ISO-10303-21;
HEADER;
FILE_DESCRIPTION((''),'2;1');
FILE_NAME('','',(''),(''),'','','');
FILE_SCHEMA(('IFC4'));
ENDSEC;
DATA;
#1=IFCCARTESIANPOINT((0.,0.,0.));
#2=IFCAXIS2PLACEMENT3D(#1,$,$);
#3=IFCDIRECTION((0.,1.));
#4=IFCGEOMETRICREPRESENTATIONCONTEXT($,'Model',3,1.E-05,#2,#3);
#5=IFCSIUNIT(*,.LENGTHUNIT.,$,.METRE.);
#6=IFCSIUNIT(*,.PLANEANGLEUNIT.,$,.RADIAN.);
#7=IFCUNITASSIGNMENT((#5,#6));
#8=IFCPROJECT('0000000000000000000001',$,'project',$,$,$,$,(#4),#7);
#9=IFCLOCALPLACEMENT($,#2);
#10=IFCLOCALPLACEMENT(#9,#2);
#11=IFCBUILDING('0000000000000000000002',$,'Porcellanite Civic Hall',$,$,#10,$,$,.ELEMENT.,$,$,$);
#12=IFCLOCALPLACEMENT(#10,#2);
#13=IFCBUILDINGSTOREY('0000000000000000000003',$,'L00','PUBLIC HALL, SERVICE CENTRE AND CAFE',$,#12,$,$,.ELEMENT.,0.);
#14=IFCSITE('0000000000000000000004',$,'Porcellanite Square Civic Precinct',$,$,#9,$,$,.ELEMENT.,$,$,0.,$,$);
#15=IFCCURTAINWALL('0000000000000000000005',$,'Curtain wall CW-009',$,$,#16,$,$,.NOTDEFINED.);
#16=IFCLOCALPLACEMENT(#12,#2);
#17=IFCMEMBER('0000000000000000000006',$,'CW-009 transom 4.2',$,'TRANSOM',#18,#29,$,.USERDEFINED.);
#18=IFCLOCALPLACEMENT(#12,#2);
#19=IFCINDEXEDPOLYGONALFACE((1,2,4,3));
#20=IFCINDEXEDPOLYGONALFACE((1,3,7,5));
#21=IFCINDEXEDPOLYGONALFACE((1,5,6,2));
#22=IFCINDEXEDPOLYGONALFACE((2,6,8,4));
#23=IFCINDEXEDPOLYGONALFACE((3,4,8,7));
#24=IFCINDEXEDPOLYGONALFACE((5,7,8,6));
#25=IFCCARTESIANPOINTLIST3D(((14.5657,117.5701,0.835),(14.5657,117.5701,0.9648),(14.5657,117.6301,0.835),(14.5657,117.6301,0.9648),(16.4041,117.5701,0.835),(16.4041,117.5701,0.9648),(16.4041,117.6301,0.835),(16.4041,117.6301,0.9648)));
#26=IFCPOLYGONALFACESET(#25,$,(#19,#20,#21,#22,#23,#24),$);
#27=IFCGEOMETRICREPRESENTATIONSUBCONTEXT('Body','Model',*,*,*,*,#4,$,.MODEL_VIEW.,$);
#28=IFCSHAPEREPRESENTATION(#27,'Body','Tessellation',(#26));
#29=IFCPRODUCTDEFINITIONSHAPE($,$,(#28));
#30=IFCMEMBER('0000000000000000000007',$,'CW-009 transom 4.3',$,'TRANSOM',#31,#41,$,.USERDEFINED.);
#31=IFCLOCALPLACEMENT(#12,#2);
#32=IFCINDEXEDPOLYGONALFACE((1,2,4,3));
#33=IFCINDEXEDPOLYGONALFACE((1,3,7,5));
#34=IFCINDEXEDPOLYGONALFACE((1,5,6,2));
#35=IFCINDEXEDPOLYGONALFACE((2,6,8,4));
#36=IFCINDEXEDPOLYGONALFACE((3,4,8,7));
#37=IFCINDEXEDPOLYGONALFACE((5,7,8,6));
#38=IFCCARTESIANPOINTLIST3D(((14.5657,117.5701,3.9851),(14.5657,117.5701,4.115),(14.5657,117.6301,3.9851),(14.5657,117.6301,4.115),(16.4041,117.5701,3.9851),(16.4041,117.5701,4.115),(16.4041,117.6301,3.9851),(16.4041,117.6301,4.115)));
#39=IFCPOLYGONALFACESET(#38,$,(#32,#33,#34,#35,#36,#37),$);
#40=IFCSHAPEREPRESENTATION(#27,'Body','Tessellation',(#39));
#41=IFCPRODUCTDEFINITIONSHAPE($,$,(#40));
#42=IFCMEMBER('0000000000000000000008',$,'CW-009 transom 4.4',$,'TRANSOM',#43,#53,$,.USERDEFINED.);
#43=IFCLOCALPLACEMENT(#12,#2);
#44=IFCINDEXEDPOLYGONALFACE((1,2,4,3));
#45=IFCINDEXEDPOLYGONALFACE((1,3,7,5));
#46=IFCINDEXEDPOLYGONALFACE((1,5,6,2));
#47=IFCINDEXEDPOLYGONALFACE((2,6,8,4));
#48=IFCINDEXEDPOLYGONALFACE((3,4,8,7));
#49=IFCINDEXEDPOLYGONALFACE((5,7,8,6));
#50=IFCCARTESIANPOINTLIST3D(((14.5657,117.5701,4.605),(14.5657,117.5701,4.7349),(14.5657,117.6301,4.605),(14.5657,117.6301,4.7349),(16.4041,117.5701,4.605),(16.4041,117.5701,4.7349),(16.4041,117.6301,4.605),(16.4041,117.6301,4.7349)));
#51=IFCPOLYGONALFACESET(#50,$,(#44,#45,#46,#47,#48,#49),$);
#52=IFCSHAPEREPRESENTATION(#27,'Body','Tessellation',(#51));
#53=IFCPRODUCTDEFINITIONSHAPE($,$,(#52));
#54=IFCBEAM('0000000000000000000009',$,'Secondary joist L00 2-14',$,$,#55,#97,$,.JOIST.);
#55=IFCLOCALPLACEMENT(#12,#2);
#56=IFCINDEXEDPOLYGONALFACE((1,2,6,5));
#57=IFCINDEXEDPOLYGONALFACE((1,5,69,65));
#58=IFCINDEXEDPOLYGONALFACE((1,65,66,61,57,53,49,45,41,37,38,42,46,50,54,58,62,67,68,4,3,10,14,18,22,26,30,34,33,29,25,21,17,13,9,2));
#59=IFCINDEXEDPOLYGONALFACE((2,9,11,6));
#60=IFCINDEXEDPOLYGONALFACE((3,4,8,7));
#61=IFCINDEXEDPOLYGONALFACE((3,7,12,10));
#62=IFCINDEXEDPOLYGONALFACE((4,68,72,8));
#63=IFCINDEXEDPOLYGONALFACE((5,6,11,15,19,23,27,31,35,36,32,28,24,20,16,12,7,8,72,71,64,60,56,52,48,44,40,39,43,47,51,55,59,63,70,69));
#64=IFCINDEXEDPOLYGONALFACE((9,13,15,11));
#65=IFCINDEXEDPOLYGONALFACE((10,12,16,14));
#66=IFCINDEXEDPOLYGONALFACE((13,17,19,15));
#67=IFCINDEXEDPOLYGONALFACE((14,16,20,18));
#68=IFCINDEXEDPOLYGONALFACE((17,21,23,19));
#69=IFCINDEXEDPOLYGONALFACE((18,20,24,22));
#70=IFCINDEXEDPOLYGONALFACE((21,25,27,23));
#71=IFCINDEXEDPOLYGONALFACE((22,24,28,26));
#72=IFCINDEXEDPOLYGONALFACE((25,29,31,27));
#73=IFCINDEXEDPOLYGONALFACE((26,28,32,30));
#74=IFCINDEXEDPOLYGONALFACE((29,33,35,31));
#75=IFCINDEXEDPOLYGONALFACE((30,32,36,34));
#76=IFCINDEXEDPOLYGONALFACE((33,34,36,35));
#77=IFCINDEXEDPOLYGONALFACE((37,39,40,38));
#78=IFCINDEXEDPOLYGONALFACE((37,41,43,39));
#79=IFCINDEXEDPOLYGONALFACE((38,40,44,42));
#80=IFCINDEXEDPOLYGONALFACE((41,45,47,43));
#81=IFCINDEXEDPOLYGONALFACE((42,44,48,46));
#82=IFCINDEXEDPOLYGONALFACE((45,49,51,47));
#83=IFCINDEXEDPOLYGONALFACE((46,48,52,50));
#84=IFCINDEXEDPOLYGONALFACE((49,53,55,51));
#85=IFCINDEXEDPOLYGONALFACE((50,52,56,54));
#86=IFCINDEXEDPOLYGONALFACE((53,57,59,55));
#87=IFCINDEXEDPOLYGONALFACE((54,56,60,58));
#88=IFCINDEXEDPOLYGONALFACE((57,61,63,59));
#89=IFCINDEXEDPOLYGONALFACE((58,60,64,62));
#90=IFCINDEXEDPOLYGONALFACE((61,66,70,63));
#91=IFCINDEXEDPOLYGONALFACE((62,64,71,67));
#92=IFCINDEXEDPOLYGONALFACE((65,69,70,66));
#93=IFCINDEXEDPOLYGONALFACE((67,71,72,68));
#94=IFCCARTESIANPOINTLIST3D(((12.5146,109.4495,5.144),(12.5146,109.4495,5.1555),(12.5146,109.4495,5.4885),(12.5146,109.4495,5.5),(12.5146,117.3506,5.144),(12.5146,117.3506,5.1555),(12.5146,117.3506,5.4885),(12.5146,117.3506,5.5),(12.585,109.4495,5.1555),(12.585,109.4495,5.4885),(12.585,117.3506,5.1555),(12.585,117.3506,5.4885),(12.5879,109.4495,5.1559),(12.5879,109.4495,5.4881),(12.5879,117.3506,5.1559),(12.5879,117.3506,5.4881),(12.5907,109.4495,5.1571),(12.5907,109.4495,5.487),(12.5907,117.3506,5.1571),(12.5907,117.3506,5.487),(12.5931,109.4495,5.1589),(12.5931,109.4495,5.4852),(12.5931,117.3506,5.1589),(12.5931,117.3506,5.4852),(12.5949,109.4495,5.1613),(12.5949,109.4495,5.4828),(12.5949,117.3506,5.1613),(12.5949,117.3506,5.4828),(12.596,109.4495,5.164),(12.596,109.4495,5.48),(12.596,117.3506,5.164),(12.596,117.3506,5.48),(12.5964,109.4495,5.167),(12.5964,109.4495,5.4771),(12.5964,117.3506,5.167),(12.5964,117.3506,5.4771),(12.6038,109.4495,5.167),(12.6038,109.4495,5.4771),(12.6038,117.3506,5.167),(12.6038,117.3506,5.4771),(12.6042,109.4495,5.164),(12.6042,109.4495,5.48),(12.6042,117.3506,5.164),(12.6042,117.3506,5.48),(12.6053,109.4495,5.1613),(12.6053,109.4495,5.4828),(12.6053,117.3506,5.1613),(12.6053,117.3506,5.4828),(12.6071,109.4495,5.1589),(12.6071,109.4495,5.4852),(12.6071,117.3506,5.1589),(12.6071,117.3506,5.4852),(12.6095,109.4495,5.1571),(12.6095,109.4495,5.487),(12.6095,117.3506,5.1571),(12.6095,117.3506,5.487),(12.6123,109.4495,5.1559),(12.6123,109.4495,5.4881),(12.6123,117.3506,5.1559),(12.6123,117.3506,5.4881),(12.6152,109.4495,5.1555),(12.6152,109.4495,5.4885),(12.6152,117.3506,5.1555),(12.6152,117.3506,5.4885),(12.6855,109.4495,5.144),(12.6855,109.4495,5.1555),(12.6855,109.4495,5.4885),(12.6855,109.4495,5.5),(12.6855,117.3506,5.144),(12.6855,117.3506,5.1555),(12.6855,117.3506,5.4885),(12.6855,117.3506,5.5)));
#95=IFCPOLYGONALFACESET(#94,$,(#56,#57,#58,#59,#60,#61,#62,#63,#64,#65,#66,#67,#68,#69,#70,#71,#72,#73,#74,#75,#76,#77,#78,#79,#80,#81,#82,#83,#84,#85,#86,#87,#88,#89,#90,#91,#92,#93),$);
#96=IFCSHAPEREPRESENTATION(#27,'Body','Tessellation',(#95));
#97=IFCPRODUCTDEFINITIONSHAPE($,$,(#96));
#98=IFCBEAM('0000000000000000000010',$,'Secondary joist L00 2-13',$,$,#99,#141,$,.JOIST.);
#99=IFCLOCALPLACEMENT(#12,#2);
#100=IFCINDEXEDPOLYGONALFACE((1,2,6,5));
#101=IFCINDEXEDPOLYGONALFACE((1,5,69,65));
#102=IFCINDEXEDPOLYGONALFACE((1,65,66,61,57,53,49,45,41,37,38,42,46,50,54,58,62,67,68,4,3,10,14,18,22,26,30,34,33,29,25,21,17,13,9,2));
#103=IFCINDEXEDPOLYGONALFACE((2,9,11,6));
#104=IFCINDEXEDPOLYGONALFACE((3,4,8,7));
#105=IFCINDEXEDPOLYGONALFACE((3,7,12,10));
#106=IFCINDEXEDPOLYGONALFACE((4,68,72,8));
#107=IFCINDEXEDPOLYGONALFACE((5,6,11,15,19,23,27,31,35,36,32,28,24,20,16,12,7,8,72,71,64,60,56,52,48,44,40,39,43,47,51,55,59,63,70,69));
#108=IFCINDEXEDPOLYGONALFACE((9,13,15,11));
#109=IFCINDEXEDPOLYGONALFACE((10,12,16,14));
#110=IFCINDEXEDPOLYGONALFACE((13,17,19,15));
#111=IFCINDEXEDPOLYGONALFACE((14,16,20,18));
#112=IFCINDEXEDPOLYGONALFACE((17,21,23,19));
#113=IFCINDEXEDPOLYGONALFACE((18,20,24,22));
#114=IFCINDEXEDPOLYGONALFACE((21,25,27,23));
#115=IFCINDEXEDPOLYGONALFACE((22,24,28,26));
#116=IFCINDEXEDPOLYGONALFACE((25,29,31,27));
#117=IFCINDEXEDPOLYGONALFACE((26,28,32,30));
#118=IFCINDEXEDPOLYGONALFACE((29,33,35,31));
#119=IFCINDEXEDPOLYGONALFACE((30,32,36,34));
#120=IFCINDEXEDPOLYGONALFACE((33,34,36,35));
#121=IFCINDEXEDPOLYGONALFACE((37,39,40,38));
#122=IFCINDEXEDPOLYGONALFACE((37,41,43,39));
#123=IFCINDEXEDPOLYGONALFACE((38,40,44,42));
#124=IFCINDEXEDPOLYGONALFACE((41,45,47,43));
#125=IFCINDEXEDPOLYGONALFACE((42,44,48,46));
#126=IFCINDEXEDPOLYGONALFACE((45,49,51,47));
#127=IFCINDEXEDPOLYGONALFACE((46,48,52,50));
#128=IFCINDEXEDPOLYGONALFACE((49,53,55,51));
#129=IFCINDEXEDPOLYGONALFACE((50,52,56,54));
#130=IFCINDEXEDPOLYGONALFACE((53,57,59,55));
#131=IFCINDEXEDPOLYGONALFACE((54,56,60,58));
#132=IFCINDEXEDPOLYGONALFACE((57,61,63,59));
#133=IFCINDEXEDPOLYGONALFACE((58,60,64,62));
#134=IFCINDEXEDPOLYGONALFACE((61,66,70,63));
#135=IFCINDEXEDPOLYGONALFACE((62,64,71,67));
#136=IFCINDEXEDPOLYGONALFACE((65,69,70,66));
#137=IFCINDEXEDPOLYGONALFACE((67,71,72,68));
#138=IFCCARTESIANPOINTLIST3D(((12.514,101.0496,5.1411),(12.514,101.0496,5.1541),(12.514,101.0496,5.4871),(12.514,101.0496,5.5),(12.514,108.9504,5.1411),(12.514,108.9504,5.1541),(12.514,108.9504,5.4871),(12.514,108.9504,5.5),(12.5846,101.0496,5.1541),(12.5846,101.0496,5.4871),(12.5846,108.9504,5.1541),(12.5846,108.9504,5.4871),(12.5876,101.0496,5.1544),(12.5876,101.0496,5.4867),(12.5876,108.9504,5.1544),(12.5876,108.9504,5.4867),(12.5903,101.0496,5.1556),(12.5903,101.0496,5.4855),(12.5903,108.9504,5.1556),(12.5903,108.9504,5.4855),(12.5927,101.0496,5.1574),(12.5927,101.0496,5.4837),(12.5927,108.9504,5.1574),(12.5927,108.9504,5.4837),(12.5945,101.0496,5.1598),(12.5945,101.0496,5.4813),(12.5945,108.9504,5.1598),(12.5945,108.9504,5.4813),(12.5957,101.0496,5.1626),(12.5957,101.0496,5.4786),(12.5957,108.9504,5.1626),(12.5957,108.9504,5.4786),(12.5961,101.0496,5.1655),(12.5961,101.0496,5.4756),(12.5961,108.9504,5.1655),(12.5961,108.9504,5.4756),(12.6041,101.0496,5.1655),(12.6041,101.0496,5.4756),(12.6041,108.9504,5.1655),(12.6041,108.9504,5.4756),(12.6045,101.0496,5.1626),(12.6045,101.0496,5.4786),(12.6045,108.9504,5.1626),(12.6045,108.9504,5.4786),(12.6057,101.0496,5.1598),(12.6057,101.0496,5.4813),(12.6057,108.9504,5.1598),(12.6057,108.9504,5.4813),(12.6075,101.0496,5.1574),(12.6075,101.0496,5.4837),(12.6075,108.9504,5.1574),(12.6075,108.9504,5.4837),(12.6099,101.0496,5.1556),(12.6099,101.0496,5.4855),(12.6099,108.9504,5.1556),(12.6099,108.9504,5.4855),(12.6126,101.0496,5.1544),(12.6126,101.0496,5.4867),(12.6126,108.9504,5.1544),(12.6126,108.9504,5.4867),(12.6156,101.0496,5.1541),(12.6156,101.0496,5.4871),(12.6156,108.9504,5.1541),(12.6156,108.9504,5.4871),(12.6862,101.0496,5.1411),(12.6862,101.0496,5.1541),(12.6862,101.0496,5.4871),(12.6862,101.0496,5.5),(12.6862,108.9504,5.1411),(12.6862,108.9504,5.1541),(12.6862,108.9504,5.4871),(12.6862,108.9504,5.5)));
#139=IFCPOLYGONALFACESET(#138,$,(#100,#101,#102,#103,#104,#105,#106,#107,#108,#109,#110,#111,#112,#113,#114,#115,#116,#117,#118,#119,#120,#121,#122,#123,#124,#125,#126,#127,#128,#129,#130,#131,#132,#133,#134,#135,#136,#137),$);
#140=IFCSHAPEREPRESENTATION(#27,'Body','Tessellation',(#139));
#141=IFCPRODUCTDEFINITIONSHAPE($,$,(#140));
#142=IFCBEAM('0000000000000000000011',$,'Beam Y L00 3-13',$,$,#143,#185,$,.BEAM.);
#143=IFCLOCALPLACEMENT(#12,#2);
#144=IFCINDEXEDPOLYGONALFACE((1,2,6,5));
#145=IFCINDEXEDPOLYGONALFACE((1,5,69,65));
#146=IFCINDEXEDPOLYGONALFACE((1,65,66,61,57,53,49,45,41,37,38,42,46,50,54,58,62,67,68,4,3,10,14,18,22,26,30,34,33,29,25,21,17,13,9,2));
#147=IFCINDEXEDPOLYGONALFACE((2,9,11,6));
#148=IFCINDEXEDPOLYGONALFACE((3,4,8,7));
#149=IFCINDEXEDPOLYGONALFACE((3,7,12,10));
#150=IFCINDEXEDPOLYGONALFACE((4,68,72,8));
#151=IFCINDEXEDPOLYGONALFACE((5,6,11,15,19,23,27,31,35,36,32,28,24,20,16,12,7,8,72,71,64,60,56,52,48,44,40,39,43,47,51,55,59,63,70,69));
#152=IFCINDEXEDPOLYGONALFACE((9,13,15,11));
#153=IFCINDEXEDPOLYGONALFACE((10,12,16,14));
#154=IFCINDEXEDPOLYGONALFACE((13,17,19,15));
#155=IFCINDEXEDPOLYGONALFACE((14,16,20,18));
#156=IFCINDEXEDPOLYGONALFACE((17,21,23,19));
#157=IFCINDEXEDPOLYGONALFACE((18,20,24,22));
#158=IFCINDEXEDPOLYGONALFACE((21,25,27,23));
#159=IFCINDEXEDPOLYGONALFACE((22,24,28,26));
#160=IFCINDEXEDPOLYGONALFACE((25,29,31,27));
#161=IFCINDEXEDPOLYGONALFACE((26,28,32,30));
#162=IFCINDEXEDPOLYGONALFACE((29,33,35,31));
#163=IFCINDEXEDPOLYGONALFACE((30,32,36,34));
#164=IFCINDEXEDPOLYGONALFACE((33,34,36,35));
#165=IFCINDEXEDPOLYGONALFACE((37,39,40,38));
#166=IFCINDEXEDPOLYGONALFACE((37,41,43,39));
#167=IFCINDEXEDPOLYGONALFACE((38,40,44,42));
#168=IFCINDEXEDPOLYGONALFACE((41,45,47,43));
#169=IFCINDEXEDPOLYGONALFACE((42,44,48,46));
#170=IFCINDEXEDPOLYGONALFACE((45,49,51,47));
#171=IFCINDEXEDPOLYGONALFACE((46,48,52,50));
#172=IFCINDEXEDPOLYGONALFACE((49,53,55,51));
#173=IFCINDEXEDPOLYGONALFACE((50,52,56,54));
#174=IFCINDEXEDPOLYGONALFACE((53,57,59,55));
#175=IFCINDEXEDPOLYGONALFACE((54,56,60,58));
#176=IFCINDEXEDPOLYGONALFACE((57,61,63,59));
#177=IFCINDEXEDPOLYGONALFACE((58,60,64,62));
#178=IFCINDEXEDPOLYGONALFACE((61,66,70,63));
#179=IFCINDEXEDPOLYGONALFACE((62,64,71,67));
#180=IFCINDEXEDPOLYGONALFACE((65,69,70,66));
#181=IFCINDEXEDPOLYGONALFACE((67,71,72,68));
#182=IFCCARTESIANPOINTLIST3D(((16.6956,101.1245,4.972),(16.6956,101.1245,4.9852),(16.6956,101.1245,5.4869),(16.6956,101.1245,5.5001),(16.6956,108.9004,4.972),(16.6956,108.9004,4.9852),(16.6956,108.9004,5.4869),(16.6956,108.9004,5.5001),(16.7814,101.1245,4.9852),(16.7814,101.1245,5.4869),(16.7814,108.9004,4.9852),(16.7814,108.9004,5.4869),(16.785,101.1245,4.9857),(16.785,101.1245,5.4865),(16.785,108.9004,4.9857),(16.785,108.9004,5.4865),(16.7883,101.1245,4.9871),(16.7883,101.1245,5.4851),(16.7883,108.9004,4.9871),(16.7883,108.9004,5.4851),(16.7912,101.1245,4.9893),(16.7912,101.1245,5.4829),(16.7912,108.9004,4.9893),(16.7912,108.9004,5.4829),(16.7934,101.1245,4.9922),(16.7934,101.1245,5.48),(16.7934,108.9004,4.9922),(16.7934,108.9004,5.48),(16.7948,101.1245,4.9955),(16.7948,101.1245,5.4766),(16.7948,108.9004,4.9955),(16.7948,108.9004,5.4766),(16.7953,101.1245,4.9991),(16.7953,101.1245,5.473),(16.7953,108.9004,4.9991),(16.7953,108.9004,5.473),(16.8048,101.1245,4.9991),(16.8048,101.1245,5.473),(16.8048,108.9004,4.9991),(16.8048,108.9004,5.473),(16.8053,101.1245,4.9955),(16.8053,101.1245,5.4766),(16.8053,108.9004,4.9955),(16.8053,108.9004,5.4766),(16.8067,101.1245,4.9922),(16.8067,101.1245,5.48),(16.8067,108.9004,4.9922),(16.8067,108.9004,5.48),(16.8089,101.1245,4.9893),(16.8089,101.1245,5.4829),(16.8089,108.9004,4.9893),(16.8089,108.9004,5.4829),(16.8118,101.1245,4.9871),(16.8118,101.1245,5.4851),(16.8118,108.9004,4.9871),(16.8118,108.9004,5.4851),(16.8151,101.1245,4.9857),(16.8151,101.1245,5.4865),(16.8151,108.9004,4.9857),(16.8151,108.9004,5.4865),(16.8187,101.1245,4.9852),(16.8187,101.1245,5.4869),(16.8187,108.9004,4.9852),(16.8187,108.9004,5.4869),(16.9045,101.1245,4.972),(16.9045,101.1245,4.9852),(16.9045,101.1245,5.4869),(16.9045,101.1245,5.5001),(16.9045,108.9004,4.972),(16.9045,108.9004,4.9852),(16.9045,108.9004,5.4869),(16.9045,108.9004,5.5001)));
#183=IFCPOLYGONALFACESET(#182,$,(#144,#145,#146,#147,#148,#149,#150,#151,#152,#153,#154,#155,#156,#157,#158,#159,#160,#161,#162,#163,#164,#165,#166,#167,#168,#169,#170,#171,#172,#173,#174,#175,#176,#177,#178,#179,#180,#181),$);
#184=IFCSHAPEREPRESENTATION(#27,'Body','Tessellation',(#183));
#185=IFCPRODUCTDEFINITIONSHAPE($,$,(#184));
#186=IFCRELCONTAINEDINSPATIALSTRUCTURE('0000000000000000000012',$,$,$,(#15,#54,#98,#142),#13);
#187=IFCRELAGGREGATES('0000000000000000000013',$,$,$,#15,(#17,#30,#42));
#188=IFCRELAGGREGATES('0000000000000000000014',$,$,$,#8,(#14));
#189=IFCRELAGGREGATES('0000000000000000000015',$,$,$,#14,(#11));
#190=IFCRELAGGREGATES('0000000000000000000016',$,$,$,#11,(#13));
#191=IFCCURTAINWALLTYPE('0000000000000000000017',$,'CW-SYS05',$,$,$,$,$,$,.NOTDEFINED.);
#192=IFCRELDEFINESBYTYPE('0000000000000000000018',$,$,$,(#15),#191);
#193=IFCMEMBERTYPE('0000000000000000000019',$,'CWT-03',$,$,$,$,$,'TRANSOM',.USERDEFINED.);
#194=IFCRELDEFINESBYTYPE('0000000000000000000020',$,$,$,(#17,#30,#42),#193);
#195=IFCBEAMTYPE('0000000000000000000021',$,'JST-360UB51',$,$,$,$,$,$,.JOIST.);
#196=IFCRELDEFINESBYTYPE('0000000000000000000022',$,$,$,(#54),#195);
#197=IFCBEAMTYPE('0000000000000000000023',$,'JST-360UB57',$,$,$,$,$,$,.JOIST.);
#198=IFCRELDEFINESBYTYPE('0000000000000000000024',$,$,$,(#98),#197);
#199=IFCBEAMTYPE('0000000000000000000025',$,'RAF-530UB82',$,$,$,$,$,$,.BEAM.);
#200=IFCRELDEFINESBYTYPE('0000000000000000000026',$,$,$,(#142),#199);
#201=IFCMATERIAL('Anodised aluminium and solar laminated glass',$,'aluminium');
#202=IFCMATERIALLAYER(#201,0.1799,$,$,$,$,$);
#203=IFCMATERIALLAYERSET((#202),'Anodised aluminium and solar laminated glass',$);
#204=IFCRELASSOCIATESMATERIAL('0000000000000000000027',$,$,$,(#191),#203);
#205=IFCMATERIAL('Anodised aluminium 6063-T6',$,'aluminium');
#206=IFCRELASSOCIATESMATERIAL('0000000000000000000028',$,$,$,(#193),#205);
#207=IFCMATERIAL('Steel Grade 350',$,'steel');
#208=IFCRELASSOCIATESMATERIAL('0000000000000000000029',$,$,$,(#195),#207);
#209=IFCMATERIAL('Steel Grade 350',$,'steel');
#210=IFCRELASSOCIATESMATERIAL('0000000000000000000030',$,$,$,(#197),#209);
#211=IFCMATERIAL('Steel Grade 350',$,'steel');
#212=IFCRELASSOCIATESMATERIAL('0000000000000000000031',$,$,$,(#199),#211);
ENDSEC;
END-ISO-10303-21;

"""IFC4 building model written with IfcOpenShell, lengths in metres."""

from ifc_helpers import new_model, si_unit, direction, frame, origin, origin_2d, place, context, subcontext, project, spatial, rectangle, i_section, extrude, material, layer, layer_set, material_profile, profile_set, type_object, element, aggregate, save


model = new_model("IFC4")

# Units and contexts
model_context = context("Model", 3, precision=1e-05, world=origin(), true_north=direction((0.0, 1.0)))
body_context = subcontext(model_context, "Body", "Model", "MODEL_VIEW")
ifc_project = project(units=[si_unit("LENGTHUNIT", "METRE"), si_unit("PLANEANGLEUNIT", "RADIAN")], contexts=[model_context])

# Site, building, storey
site_placement = place(None, origin())
site = spatial("IfcSite", under=ifc_project, at=site_placement, Name="Porcellanite Square Civic Precinct", CompositionType="ELEMENT", RefElevation=0.0)
building_placement = place(site_placement, origin())
building = spatial("IfcBuilding", under=site, at=building_placement, Name="Porcellanite Civic Hall", CompositionType="ELEMENT")
storey_placement = place(building_placement, origin())
storey = spatial("IfcBuildingStorey", under=building, at=storey_placement, Name="L00", Description="PUBLIC HALL, SERVICE CENTRE AND CAFE", CompositionType="ELEMENT", Elevation=0.0)

# Curtain wall, members
ifc_material_1 = material(Name="Anodised aluminium and solar laminated glass", Category="aluminium")
ifc_layer_1 = layer(ifc_material_1, 0.1799)
ifc_layer_set_1 = layer_set([ifc_layer_1], Name="Anodised aluminium and solar laminated glass")
curtain_wall_type = type_object("IfcCurtainWallType", Name="CW-SYS05", PredefinedType="NOTDEFINED", material=ifc_layer_set_1)
curtain_wall_placement = place(storey_placement, origin())
curtain_wall = element("IfcCurtainWall", 1, at=curtain_wall_placement, inside=storey, type_object=curtain_wall_type, Name="Curtain wall CW-009", PredefinedType="NOTDEFINED")
ifc_material_2 = material(Name="Anodised aluminium 6063-T6", Category="aluminium")
ifc_material_profile_1 = material_profile(ifc_material_2, rectangle(XDim=0.0601, YDim=0.1299, at=origin_2d()), Name="AL-60x130")
ifc_profile_set_1 = profile_set([ifc_material_profile_1], Name="Anodised aluminium 6063-T6")
member_type_1 = type_object("IfcMemberType", Name="CWT-03", ElementType="TRANSOM", PredefinedType="USERDEFINED", material=ifc_profile_set_1)
member_1_placement = place(storey_placement, frame((14.5657, 117.6001, 0.8999), z_axis=(1.0, 0.0, 0.0), x_axis=(0.0, 1.0, 0.0)))
member_1 = element("IfcMember", 2, at=member_1_placement, type_object=member_type_1, Name="CW-009 transom 4.2", ObjectType="TRANSOM", PredefinedType="USERDEFINED", context=body_context, shape_type="SweptSolid", body=[
    extrude(rectangle(XDim=0.0601, YDim=0.1299, at=origin_2d()), origin(), (0.0, 0.0, 1.0), 1.8384),
])
member_2_placement = place(storey_placement, frame((14.5657, 117.6001, 4.05), z_axis=(1.0, 0.0, 0.0), x_axis=(0.0, 1.0, 0.0)))
member_2 = element("IfcMember", 3, at=member_2_placement, type_object=member_type_1, Name="CW-009 transom 4.3", ObjectType="TRANSOM", PredefinedType="USERDEFINED", context=body_context, shape_type="SweptSolid", body=[
    extrude(rectangle(XDim=0.0601, YDim=0.1299, at=origin_2d()), origin(), (0.0, 0.0, 1.0), 1.8384),
])
member_3_placement = place(storey_placement, frame((14.5657, 117.6001, 4.6699), z_axis=(1.0, 0.0, 0.0), x_axis=(0.0, 1.0, 0.0)))
member_3 = element("IfcMember", 4, at=member_3_placement, type_object=member_type_1, Name="CW-009 transom 4.4", ObjectType="TRANSOM", PredefinedType="USERDEFINED", context=body_context, shape_type="SweptSolid", body=[
    extrude(rectangle(XDim=0.0601, YDim=0.1299, at=origin_2d()), origin(), (0.0, 0.0, 1.0), 1.8384),
])

# Beams
ifc_material_3 = material(Name="Steel Grade 350", Category="steel")
ifc_material_profile_2 = material_profile(ifc_material_3, i_section(OverallWidth=0.1709, OverallDepth=0.356, WebThickness=0.0073, FlangeThickness=0.0115, FilletRadius=0.0115, at=origin_2d()), Name="360UB50.7")
ifc_profile_set_2 = profile_set([ifc_material_profile_2], Name="Steel Grade 350")
beam_type_1 = type_object("IfcBeamType", Name="JST-360UB51", PredefinedType="JOIST", material=ifc_profile_set_2)
beam_1_placement = place(storey_placement, frame((12.6001, 109.4495, 5.322), z_axis=(0.0, 1.0, 0.0), x_axis=(-1.0, 0.0, 0.0)))
element("IfcBeam", 5, at=beam_1_placement, inside=storey, type_object=beam_type_1, Name="Secondary joist L00 2-14", PredefinedType="JOIST", context=body_context, shape_type="SweptSolid", body=[
    extrude(i_section(OverallWidth=0.1709, OverallDepth=0.356, WebThickness=0.0073, FlangeThickness=0.0115, FilletRadius=0.0115, at=origin_2d()), origin(), (0.0, 0.0, 1.0), 7.9011),
])
ifc_material_4 = material(Name="Steel Grade 350", Category="steel")
ifc_material_profile_3 = material_profile(ifc_material_4, i_section(OverallWidth=0.1721, OverallDepth=0.3589, WebThickness=0.0081, FlangeThickness=0.0129, FilletRadius=0.0115, at=origin_2d()), Name="360UB56.7")
ifc_profile_set_3 = profile_set([ifc_material_profile_3], Name="Steel Grade 350")
beam_type_2 = type_object("IfcBeamType", Name="JST-360UB57", PredefinedType="JOIST", material=ifc_profile_set_3)
beam_2_placement = place(storey_placement, frame((12.6001, 101.0496, 5.3206), z_axis=(0.0, 1.0, 0.0), x_axis=(-1.0, 0.0, 0.0)))
element("IfcBeam", 6, at=beam_2_placement, inside=storey, type_object=beam_type_2, Name="Secondary joist L00 2-13", PredefinedType="JOIST", context=body_context, shape_type="SweptSolid", body=[
    extrude(i_section(OverallWidth=0.1721, OverallDepth=0.3589, WebThickness=0.0081, FlangeThickness=0.0129, FilletRadius=0.0115, at=origin_2d()), origin(), (0.0, 0.0, 1.0), 7.9009),
])
ifc_material_5 = material(Name="Steel Grade 350", Category="steel")
ifc_material_profile_4 = material_profile(ifc_material_5, i_section(OverallWidth=0.209, OverallDepth=0.5281, WebThickness=0.0095, FlangeThickness=0.0132, FilletRadius=0.0139, at=origin_2d()), Name="530UB82.0")
ifc_profile_set_4 = profile_set([ifc_material_profile_4], Name="Steel Grade 350")
beam_type_3 = type_object("IfcBeamType", Name="RAF-530UB82", PredefinedType="BEAM", material=ifc_profile_set_4)
beam_3_placement = place(storey_placement, frame((16.8, 101.1245, 5.2361), z_axis=(0.0, 1.0, 0.0), x_axis=(-1.0, 0.0, 0.0)))
element("IfcBeam", 7, at=beam_3_placement, inside=storey, type_object=beam_type_3, Name="Beam Y L00 3-13", PredefinedType="BEAM", context=body_context, shape_type="SweptSolid", body=[
    extrude(i_section(OverallWidth=0.209, OverallDepth=0.5281, WebThickness=0.0095, FlangeThickness=0.0132, FilletRadius=0.0139, at=origin_2d()), origin(), (0.0, 0.0, 1.0), 7.7759),
])

aggregate(curtain_wall, [member_1, member_2, member_3])

save(model, "model.ifc")
